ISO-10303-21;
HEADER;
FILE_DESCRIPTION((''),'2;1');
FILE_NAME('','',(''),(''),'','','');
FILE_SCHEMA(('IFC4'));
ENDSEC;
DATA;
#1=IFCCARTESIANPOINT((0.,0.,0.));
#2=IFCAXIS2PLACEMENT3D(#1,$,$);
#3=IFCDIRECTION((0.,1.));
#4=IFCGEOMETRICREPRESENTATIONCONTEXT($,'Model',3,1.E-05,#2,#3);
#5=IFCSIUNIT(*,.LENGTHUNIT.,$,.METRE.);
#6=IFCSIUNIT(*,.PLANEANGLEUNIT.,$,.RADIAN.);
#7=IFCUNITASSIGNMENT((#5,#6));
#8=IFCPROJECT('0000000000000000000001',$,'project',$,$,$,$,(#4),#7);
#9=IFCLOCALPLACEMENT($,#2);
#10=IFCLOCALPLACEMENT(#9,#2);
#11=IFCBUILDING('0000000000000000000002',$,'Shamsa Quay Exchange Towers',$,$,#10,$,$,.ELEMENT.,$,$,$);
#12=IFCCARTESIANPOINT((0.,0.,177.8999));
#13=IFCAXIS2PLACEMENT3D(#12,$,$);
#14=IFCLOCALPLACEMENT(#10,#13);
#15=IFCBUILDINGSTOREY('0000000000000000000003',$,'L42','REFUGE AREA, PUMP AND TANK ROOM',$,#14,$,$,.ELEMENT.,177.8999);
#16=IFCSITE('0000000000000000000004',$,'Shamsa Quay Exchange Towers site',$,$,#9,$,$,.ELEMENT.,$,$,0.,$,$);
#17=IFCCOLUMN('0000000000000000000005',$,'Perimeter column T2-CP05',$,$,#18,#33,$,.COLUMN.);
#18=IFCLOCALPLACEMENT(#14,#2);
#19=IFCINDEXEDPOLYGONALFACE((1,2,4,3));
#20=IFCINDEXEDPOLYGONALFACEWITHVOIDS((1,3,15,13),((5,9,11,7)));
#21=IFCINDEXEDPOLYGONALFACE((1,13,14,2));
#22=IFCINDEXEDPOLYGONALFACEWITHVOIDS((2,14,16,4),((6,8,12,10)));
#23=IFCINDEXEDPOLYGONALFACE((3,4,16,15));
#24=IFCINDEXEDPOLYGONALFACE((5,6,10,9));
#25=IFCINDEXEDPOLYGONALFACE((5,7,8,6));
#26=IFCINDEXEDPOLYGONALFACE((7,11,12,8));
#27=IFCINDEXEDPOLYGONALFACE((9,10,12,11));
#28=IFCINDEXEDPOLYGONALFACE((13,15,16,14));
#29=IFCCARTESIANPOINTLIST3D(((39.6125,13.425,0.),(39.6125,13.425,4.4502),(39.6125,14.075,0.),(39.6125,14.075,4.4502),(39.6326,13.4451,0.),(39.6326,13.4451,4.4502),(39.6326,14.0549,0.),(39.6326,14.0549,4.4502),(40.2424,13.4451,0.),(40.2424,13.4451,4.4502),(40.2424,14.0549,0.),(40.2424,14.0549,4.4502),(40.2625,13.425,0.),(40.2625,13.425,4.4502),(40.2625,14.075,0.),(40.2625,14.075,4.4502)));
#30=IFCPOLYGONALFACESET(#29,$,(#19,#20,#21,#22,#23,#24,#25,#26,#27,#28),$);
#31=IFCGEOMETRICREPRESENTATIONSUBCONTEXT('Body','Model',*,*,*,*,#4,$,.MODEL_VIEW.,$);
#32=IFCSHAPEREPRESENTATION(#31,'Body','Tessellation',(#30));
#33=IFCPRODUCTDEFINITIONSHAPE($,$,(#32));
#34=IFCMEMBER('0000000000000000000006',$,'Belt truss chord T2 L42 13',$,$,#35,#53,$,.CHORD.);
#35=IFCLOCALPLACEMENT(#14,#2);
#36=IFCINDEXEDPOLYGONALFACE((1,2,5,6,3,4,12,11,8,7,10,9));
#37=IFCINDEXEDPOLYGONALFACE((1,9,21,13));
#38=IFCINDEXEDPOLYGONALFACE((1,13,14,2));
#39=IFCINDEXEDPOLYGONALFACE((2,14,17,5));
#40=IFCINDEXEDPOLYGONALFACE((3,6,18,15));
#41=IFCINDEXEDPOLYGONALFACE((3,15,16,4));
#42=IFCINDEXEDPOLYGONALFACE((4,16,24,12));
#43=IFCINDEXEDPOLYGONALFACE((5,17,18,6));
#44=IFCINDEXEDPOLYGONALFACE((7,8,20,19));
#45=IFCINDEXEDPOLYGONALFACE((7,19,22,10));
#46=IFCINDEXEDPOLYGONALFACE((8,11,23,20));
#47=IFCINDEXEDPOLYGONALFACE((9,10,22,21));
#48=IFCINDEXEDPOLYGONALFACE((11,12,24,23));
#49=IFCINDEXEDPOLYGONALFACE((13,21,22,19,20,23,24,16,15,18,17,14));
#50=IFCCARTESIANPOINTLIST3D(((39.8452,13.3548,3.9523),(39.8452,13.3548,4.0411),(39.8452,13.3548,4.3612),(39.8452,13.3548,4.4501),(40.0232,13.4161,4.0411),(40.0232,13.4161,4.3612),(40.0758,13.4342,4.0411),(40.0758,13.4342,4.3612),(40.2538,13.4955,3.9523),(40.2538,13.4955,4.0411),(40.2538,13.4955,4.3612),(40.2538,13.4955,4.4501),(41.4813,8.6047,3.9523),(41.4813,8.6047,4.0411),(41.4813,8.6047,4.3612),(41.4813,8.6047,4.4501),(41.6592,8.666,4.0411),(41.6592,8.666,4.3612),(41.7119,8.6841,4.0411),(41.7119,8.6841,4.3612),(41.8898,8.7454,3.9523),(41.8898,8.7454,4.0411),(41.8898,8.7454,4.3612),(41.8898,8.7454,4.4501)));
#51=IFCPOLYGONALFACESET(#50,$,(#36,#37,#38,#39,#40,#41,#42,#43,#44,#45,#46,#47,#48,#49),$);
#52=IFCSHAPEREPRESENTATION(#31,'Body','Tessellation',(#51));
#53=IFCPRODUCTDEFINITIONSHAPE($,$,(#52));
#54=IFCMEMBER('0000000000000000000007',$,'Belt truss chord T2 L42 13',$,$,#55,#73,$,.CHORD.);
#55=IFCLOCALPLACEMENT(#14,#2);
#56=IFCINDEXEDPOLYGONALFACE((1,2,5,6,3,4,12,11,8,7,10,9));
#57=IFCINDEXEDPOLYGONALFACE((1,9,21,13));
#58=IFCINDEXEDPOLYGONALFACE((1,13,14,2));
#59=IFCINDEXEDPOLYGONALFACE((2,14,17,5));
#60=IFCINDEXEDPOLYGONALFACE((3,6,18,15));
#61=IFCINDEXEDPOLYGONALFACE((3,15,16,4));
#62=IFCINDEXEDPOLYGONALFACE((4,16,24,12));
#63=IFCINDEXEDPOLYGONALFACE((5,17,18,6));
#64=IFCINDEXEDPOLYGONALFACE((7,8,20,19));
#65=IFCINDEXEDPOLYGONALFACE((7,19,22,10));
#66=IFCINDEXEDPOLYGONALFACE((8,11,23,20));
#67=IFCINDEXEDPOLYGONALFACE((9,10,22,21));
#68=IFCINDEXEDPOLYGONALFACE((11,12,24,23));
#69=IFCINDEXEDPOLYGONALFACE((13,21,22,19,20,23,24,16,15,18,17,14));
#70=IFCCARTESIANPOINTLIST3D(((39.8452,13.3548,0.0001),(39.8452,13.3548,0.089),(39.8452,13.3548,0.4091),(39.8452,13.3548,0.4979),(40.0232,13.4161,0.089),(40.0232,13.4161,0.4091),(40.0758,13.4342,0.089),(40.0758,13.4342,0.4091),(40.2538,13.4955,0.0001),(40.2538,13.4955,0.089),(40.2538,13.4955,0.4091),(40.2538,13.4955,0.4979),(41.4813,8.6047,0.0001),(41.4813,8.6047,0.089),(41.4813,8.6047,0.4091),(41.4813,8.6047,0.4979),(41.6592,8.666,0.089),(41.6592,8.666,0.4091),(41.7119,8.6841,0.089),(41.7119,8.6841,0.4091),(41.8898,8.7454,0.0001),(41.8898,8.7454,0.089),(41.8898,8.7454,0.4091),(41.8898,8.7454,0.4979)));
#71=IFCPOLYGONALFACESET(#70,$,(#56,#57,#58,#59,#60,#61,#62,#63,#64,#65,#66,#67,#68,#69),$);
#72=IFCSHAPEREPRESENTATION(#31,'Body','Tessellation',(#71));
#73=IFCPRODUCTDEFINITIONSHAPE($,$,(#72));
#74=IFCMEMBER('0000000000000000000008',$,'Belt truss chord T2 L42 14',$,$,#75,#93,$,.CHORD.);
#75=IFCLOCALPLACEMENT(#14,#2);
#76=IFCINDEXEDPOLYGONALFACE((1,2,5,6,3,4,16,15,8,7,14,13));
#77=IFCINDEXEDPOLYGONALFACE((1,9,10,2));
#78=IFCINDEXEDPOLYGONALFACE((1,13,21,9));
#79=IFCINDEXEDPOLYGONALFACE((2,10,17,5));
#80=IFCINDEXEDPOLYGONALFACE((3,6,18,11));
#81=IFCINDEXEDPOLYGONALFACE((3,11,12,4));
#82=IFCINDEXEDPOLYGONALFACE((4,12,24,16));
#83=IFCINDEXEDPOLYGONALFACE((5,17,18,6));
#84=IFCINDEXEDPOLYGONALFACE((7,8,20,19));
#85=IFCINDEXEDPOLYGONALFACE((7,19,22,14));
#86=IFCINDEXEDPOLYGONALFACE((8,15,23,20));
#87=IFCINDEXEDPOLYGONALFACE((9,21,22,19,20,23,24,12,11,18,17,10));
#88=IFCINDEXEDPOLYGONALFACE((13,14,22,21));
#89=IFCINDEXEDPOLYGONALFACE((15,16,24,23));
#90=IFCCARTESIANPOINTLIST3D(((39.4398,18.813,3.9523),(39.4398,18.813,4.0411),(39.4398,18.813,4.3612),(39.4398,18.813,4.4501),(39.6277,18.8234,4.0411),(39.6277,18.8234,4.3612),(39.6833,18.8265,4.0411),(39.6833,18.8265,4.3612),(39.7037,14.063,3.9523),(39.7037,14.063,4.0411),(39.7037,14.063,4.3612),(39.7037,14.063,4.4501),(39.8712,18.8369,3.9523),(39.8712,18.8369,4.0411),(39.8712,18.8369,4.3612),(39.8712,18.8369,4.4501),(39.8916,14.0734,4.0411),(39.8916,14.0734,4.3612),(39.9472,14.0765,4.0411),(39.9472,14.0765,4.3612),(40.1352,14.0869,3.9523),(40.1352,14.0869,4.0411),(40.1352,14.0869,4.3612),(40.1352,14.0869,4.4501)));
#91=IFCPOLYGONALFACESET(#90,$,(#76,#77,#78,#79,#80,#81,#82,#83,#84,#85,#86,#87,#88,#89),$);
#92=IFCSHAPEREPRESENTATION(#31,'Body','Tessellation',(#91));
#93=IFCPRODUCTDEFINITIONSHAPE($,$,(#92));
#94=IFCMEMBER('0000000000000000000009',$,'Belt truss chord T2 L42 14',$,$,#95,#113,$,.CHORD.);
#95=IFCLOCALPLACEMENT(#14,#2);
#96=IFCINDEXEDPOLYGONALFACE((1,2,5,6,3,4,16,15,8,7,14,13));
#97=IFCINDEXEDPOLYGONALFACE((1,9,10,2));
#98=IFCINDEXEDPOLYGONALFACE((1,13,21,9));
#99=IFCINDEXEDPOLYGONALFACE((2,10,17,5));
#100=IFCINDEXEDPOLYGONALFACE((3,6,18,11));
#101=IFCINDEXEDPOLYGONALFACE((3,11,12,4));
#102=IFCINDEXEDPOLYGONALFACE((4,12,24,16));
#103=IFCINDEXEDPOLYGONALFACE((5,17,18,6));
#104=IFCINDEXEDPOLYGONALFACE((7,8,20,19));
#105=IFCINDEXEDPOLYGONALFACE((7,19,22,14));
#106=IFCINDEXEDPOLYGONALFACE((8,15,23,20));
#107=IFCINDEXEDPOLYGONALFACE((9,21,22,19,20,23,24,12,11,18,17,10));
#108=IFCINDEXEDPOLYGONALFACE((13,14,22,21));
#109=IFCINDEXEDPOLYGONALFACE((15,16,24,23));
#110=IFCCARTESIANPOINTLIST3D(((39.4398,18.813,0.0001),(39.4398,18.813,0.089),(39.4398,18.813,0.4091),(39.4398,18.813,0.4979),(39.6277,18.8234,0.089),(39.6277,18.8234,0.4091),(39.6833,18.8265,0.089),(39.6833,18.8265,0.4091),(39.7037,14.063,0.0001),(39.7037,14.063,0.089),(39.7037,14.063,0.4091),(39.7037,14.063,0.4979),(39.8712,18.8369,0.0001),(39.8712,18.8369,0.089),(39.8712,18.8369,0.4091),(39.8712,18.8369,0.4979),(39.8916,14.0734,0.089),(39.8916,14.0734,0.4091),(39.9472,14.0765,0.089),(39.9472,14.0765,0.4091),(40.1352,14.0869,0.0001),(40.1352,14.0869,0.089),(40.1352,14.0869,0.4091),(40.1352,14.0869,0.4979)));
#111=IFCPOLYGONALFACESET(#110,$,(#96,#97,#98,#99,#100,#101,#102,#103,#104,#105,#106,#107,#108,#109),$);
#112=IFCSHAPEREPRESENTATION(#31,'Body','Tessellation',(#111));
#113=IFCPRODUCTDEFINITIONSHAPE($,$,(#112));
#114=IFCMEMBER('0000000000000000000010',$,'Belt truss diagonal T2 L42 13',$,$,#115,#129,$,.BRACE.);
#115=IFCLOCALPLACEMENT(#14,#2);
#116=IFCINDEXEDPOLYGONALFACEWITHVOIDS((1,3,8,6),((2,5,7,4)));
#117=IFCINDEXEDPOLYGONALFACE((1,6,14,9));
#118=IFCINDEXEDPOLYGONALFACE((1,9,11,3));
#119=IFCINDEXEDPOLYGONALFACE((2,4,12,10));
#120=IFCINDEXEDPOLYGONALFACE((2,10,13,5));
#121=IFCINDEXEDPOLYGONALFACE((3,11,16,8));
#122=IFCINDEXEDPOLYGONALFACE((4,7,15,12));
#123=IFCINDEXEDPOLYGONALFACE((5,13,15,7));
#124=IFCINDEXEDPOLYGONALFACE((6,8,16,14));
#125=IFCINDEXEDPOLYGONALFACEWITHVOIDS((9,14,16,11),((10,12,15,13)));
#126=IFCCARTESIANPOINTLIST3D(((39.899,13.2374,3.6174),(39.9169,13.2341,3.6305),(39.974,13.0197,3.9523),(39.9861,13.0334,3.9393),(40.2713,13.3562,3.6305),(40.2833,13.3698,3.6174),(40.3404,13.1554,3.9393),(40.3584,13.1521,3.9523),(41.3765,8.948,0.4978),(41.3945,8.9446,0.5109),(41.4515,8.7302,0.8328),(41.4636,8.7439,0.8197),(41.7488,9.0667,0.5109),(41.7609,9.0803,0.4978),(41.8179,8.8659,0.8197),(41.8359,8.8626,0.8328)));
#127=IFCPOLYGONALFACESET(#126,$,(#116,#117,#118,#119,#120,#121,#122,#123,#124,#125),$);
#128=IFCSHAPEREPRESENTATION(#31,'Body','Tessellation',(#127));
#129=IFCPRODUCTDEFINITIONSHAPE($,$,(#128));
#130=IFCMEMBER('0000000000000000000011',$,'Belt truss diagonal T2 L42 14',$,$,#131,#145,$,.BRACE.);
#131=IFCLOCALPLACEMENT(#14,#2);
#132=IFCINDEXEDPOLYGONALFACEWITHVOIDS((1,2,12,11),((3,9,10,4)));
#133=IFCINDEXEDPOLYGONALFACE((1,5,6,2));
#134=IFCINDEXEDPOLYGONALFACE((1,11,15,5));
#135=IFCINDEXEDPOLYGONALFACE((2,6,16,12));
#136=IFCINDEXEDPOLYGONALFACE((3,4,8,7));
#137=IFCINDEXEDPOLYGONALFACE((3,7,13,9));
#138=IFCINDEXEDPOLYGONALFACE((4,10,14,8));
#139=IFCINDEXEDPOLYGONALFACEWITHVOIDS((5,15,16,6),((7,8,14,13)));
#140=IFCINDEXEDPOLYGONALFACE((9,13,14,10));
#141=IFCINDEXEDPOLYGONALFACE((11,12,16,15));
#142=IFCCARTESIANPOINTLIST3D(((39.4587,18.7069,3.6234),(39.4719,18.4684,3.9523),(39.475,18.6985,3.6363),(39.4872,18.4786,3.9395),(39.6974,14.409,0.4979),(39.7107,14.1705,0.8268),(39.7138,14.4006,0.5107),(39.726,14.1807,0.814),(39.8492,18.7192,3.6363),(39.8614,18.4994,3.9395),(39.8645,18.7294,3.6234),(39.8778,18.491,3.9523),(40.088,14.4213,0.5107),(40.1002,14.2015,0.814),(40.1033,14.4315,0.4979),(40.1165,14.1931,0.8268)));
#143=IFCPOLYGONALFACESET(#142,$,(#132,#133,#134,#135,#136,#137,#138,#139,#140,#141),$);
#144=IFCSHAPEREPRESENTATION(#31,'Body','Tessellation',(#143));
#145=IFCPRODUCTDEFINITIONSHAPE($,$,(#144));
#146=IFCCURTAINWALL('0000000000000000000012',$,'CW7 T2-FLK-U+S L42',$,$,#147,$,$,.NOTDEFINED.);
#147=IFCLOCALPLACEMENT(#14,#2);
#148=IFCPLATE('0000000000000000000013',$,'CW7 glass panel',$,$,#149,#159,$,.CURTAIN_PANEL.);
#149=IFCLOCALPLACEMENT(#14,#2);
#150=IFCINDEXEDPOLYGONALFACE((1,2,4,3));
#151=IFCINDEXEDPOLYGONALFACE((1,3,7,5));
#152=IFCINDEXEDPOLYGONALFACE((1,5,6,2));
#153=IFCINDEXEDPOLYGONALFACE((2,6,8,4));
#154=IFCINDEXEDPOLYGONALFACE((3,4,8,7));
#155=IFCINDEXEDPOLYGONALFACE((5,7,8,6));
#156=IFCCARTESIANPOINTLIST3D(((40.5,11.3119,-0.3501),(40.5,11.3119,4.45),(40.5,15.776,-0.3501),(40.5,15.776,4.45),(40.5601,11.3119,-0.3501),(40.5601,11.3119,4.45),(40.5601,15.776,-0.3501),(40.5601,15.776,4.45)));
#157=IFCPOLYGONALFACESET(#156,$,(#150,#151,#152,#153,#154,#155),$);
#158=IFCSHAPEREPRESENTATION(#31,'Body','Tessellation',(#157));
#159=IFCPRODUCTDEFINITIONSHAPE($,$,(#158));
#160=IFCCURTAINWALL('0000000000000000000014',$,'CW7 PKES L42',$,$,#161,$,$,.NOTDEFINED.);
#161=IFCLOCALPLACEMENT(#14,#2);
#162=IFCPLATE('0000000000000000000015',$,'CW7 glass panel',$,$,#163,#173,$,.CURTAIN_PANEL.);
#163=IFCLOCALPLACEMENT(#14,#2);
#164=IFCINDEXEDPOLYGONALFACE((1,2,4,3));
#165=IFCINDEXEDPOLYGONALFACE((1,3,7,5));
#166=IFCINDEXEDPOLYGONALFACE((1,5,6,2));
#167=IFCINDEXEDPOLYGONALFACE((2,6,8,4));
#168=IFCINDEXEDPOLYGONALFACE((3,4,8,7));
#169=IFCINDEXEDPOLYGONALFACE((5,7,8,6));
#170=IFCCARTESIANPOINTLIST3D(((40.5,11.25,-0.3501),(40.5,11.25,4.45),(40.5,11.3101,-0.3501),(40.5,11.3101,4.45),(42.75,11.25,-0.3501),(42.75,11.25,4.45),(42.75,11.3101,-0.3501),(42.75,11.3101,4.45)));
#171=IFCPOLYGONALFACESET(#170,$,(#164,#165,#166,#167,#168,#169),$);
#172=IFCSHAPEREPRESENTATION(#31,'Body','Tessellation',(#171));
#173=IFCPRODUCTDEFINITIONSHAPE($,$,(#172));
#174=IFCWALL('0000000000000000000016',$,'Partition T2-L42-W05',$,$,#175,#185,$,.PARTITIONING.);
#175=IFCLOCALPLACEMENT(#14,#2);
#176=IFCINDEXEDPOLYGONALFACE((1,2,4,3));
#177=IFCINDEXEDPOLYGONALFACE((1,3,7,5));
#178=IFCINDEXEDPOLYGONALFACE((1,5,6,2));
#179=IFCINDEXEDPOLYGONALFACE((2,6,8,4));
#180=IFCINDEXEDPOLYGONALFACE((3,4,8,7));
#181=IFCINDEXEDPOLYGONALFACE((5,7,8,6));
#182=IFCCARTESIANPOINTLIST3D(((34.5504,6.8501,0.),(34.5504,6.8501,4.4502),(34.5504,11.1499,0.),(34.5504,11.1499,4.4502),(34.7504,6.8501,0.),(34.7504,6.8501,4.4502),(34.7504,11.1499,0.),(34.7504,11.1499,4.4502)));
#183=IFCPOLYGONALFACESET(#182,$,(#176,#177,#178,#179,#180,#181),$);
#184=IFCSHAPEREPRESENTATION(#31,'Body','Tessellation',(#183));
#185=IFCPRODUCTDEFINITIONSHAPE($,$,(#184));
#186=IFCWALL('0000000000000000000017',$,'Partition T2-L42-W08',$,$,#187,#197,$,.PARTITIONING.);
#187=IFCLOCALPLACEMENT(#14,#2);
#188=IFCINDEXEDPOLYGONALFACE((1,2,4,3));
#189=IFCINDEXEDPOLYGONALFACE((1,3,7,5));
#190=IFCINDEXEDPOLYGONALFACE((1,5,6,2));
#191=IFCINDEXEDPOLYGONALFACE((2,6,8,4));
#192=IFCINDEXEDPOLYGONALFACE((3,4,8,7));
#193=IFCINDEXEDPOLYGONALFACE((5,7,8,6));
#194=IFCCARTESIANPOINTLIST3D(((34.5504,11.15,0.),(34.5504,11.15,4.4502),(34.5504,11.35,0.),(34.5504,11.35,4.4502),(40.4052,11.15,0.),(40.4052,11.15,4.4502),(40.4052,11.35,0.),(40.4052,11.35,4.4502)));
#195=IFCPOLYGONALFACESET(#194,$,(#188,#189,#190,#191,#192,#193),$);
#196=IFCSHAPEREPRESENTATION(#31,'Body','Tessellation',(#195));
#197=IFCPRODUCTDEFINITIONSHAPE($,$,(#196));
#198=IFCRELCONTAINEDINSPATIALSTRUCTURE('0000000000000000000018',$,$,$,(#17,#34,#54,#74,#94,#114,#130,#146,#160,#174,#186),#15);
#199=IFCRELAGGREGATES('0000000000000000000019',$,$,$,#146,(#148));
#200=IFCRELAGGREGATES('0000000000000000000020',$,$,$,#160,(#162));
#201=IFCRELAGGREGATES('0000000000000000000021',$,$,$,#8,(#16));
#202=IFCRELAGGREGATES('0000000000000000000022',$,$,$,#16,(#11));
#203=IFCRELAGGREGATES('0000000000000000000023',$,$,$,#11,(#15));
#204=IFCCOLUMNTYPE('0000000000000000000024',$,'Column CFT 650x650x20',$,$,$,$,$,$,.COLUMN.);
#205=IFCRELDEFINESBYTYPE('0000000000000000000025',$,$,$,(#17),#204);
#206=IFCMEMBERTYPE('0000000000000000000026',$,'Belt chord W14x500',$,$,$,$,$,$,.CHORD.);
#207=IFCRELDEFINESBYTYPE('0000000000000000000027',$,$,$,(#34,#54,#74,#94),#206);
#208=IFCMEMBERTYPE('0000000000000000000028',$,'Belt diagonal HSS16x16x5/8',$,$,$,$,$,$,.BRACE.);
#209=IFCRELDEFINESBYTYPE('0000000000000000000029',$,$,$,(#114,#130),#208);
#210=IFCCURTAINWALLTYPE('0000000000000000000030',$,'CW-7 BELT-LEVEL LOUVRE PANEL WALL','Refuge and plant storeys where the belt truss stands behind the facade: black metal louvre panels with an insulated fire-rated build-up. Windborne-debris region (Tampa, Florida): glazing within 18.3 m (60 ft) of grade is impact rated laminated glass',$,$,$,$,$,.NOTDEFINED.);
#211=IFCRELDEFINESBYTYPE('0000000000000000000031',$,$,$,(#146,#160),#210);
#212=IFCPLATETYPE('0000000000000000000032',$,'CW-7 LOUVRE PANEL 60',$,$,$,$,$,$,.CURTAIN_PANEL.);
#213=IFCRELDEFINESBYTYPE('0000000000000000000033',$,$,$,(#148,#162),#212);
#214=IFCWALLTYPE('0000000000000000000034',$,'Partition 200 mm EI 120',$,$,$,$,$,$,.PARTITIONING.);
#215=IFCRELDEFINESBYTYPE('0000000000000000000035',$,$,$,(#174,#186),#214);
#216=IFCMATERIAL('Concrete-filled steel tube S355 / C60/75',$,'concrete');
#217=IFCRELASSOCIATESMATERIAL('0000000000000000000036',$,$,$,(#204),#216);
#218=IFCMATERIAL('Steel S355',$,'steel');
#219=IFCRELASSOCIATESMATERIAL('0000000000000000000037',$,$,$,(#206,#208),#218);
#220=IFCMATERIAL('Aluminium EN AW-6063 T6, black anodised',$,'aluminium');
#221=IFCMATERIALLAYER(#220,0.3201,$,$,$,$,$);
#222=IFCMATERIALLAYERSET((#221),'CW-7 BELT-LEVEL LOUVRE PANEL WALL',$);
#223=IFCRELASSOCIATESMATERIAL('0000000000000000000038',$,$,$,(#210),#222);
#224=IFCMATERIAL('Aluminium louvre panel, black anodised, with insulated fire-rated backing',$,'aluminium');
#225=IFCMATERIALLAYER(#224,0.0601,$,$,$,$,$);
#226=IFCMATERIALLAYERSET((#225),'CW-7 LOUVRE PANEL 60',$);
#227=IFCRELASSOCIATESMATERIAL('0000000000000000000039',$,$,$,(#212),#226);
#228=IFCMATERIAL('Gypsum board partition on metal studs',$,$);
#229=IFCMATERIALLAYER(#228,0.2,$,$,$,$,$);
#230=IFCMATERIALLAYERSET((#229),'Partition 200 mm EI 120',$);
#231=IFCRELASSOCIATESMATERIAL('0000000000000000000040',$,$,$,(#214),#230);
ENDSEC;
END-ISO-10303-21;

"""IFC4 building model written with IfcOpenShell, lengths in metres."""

from ifc_helpers import new_model, si_unit, direction, frame, frame_2d, origin, origin_2d, place, context, subcontext, project, spatial, rectangle, hollow_rectangle, i_section, extrude, material, layer, layer_set, material_profile, profile_set, type_object, element, aggregate, save


model = new_model("IFC4")

# Units and contexts
model_context = context("Model", 3, precision=1e-05, world=origin(), true_north=direction((0.0, 1.0)))
body_context = subcontext(model_context, "Body", "Model", "MODEL_VIEW")
ifc_project = project(units=[si_unit("LENGTHUNIT", "METRE"), si_unit("PLANEANGLEUNIT", "RADIAN")], contexts=[model_context])

# Site, building, storey
site_placement = place(None, origin())
site = spatial("IfcSite", under=ifc_project, at=site_placement, Name="Shamsa Quay Exchange Towers site", CompositionType="ELEMENT", RefElevation=0.0)
building_placement = place(site_placement, origin())
building = spatial("IfcBuilding", under=site, at=building_placement, Name="Shamsa Quay Exchange Towers", CompositionType="ELEMENT")
storey_placement = place(building_placement, frame((0.0, 0.0, 177.8999)))
storey = spatial("IfcBuildingStorey", under=building, at=storey_placement, Name="L42", Description="REFUGE AREA, PUMP AND TANK ROOM", CompositionType="ELEMENT", Elevation=177.8999)

# Column
ifc_material_1 = material(Name="Concrete-filled steel tube S355 / C60/75", Category="concrete")
ifc_material_profile_1 = material_profile(ifc_material_1, hollow_rectangle(XDim=0.6499, YDim=0.6499, WallThickness=0.02, at=origin_2d()), Name="CFT 650x650x20")
ifc_profile_set_1 = profile_set([ifc_material_profile_1], Name="Concrete-filled steel tube S355 / C60/75")
column_type = type_object("IfcColumnType", Name="Column CFT 650x650x20", PredefinedType="COLUMN", material=ifc_profile_set_1)
column_placement = place(storey_placement, frame((39.9375, 13.75, 0.0)))
element("IfcColumn", 1, at=column_placement, inside=storey, type_object=column_type, Name="Perimeter column T2-CP05", PredefinedType="COLUMN", context=body_context, shape_type="SweptSolid", body=[
    extrude(hollow_rectangle(XDim=0.6499, YDim=0.6499, WallThickness=0.02, at=origin_2d()), origin(), (0.0, 0.0, 1.0), 4.4502),
])

# Members
ifc_material_2 = material(Name="Steel S355", Category="steel")
ifc_material_profile_2 = material_profile(ifc_material_2, i_section(OverallWidth=0.4321, OverallDepth=0.4978, WebThickness=0.0557, FlangeThickness=0.0889, at=origin_2d()), Name="W14x500")
ifc_profile_set_2 = profile_set([ifc_material_profile_2], Name="Steel S355")
member_type_1 = type_object("IfcMemberType", Name="Belt chord W14x500", PredefinedType="CHORD", material=ifc_profile_set_2)
for number, where, z_axis, x_axis, name in (
    (2, (41.6855, 8.675, 4.2012), (-0.325645, 0.945492, 0.0), (-0.945492, -0.325645, 0.0), "Belt truss chord T2 L42 13"),
    (3, (41.6855, 8.675, 0.249), (-0.325645, 0.945492, 0.0), (-0.945492, -0.325645, 0.0), "Belt truss chord T2 L42 13"),
):
    element("IfcMember", number, at=place(storey_placement, frame(where, z_axis=z_axis, x_axis=x_axis)), inside=storey, type_object=member_type_1, Name=name, PredefinedType="CHORD", context=body_context, shape_type="SweptSolid", body=[
        extrude(i_section(OverallWidth=0.4321, OverallDepth=0.4978, WebThickness=0.0557, FlangeThickness=0.0889, at=origin_2d()), origin(), (0.0, 0.0, 1.0), 5.0239),
    ])
for number, where, z_axis, x_axis, name in (
    (4, (39.9194, 14.075, 4.2012), (-0.055476, 0.99846, 0.0), (-0.99846, -0.055476, 0.0), "Belt truss chord T2 L42 14"),
    (5, (39.9194, 14.075, 0.249), (-0.055476, 0.99846, 0.0), (-0.99846, -0.055476, 0.0), "Belt truss chord T2 L42 14"),
):
    element("IfcMember", number, at=place(storey_placement, frame(where, z_axis=z_axis, x_axis=x_axis)), inside=storey, type_object=member_type_1, Name=name, PredefinedType="CHORD", context=body_context, shape_type="SweptSolid", body=[
        extrude(i_section(OverallWidth=0.4321, OverallDepth=0.4978, WebThickness=0.0557, FlangeThickness=0.0889, at=origin_2d()), origin(), (0.0, 0.0, 1.0), 4.7573),
    ])
ifc_material_profile_3 = material_profile(ifc_material_2, hollow_rectangle(XDim=0.4065, YDim=0.4065, WallThickness=0.0159, at=origin_2d()), Name="HSS16x16x5/8")
ifc_profile_set_3 = profile_set([ifc_material_profile_3], Name="Steel S355")
member_type_2 = type_object("IfcMemberType", Name="Belt diagonal HSS16x16x5/8", PredefinedType="BRACE", material=ifc_profile_set_3)
member_1_placement = place(storey_placement, frame((41.6062, 8.9053, 0.6653), z_axis=(-0.268353, 0.779076, 0.566593), x_axis=(-0.945483, -0.325672, 0.0)))
element("IfcMember", 6, at=member_1_placement, inside=storey, type_object=member_type_2, Name="Belt truss diagonal T2 L42 13", PredefinedType="BRACE", context=body_context, shape_type="SweptSolid", body=[
    extrude(hollow_rectangle(XDim=0.4065, YDim=0.4065, WallThickness=0.0159, at=origin_2d()), origin(), (0.0, 0.0, 1.0), 5.5059),
])
member_2_placement = place(storey_placement, frame((39.907, 14.301, 0.6624), z_axis=(-0.044886, 0.807941, 0.587552), x_axis=(-0.99846, -0.05547, 0.0)))
element("IfcMember", 7, at=member_2_placement, inside=storey, type_object=member_type_2, Name="Belt truss diagonal T2 L42 14", PredefinedType="BRACE", context=body_context, shape_type="SweptSolid", body=[
    extrude(hollow_rectangle(XDim=0.4065, YDim=0.4065, WallThickness=0.0159, at=origin_2d()), origin(), (0.0, 0.0, 1.0), 5.3196),
])

# Curtain walls, plates
ifc_material_3 = material(Name="Aluminium EN AW-6063 T6, black anodised", Category="aluminium")
ifc_layer_1 = layer(ifc_material_3, 0.3201)
ifc_layer_set_1 = layer_set([ifc_layer_1], Name="CW-7 BELT-LEVEL LOUVRE PANEL WALL")
curtain_wall_type = type_object("IfcCurtainWallType", Name="CW-7 BELT-LEVEL LOUVRE PANEL WALL", Description="Refuge and plant storeys where the belt truss stands behind the facade: black metal louvre panels with an insulated fire-rated build-up. Windborne-debris region (Tampa, Florida): glazing within 18.3 m (60 ft) of grade is impact rated laminated glass", PredefinedType="NOTDEFINED", material=ifc_layer_set_1)
curtain_wall_1_placement = place(storey_placement, origin())
curtain_wall_1 = element("IfcCurtainWall", 8, at=curtain_wall_1_placement, inside=storey, type_object=curtain_wall_type, Name="CW7 T2-FLK-U+S L42", PredefinedType="NOTDEFINED")
ifc_material_4 = material(Name="Aluminium louvre panel, black anodised, with insulated fire-rated backing", Category="aluminium")
ifc_layer_2 = layer(ifc_material_4, 0.0601)
ifc_layer_set_2 = layer_set([ifc_layer_2], Name="CW-7 LOUVRE PANEL 60")
plate_type = type_object("IfcPlateType", Name="CW-7 LOUVRE PANEL 60", PredefinedType="CURTAIN_PANEL", material=ifc_layer_set_2)
plate_1_placement = place(storey_placement, frame((40.53, 13.5439, -0.3501), z_axis=(0.0, 0.0, 1.0), x_axis=(0.0, 1.0, 0.0)))
plate_1 = element("IfcPlate", 9, at=plate_1_placement, type_object=plate_type, Name="CW7 glass panel", PredefinedType="CURTAIN_PANEL", context=body_context, shape_type="SweptSolid", body=[
    extrude(rectangle(XDim=4.4641, YDim=0.0601, at=origin_2d()), origin(), (0.0, 0.0, 1.0), 4.8),
])
aggregate(curtain_wall_1, [plate_1])
curtain_wall_2_placement = place(storey_placement, origin())
curtain_wall_2 = element("IfcCurtainWall", 10, at=curtain_wall_2_placement, inside=storey, type_object=curtain_wall_type, Name="CW7 PKES L42", PredefinedType="NOTDEFINED")
plate_2_placement = place(storey_placement, frame((41.625, 11.28, -0.3501), z_axis=(0.0, 0.0, 1.0), x_axis=(-1.0, 0.0, 0.0)))
plate_2 = element("IfcPlate", 11, at=plate_2_placement, type_object=plate_type, Name="CW7 glass panel", PredefinedType="CURTAIN_PANEL", context=body_context, shape_type="SweptSolid", body=[
    extrude(rectangle(XDim=2.25, YDim=0.0601, at=origin_2d()), origin(), (0.0, 0.0, 1.0), 4.8),
])
aggregate(curtain_wall_2, [plate_2])

# Shared definitions
ifc_material_5 = material(Name="Gypsum board partition on metal studs")
ifc_layer_3 = layer(ifc_material_5, 0.2)
ifc_layer_set_3 = layer_set([ifc_layer_3], Name="Partition 200 mm EI 120")
wall_type_1 = type_object("IfcWallType", Name="Partition 200 mm EI 120", PredefinedType="PARTITIONING", material=ifc_layer_set_3)

# Wall
wall_1_placement = place(storey_placement, frame((34.6504, 11.1499, 0.0), z_axis=(0.0, 0.0, 1.0), x_axis=(0.0, -1.0, 0.0)))
element("IfcWall", 12, at=wall_1_placement, inside=storey, type_object=wall_type_1, Name="Partition T2-L42-W05", PredefinedType="PARTITIONING", context=body_context, shape_type="SweptSolid", body=[
    extrude(rectangle(XDim=4.2998, YDim=0.2, at=frame_2d((2.1499, 0.0))), origin(), (0.0, 0.0, 1.0), 4.4502),
])

# Wall
wall_2_placement = place(storey_placement, frame((40.405, 11.25, 0.0), z_axis=(0.0, 0.0, 1.0), x_axis=(-1.0, 0.0, 0.0)))
element("IfcWall", 13, at=wall_2_placement, inside=storey, type_object=wall_type_1, Name="Partition T2-L42-W08", PredefinedType="PARTITIONING", context=body_context, shape_type="SweptSolid", body=[
    extrude(rectangle(XDim=5.8547, YDim=0.2, at=frame_2d((2.9272, 0.0))), origin(), (0.0, 0.0, 1.0), 4.4502),
])

save(model, "model.ifc")
